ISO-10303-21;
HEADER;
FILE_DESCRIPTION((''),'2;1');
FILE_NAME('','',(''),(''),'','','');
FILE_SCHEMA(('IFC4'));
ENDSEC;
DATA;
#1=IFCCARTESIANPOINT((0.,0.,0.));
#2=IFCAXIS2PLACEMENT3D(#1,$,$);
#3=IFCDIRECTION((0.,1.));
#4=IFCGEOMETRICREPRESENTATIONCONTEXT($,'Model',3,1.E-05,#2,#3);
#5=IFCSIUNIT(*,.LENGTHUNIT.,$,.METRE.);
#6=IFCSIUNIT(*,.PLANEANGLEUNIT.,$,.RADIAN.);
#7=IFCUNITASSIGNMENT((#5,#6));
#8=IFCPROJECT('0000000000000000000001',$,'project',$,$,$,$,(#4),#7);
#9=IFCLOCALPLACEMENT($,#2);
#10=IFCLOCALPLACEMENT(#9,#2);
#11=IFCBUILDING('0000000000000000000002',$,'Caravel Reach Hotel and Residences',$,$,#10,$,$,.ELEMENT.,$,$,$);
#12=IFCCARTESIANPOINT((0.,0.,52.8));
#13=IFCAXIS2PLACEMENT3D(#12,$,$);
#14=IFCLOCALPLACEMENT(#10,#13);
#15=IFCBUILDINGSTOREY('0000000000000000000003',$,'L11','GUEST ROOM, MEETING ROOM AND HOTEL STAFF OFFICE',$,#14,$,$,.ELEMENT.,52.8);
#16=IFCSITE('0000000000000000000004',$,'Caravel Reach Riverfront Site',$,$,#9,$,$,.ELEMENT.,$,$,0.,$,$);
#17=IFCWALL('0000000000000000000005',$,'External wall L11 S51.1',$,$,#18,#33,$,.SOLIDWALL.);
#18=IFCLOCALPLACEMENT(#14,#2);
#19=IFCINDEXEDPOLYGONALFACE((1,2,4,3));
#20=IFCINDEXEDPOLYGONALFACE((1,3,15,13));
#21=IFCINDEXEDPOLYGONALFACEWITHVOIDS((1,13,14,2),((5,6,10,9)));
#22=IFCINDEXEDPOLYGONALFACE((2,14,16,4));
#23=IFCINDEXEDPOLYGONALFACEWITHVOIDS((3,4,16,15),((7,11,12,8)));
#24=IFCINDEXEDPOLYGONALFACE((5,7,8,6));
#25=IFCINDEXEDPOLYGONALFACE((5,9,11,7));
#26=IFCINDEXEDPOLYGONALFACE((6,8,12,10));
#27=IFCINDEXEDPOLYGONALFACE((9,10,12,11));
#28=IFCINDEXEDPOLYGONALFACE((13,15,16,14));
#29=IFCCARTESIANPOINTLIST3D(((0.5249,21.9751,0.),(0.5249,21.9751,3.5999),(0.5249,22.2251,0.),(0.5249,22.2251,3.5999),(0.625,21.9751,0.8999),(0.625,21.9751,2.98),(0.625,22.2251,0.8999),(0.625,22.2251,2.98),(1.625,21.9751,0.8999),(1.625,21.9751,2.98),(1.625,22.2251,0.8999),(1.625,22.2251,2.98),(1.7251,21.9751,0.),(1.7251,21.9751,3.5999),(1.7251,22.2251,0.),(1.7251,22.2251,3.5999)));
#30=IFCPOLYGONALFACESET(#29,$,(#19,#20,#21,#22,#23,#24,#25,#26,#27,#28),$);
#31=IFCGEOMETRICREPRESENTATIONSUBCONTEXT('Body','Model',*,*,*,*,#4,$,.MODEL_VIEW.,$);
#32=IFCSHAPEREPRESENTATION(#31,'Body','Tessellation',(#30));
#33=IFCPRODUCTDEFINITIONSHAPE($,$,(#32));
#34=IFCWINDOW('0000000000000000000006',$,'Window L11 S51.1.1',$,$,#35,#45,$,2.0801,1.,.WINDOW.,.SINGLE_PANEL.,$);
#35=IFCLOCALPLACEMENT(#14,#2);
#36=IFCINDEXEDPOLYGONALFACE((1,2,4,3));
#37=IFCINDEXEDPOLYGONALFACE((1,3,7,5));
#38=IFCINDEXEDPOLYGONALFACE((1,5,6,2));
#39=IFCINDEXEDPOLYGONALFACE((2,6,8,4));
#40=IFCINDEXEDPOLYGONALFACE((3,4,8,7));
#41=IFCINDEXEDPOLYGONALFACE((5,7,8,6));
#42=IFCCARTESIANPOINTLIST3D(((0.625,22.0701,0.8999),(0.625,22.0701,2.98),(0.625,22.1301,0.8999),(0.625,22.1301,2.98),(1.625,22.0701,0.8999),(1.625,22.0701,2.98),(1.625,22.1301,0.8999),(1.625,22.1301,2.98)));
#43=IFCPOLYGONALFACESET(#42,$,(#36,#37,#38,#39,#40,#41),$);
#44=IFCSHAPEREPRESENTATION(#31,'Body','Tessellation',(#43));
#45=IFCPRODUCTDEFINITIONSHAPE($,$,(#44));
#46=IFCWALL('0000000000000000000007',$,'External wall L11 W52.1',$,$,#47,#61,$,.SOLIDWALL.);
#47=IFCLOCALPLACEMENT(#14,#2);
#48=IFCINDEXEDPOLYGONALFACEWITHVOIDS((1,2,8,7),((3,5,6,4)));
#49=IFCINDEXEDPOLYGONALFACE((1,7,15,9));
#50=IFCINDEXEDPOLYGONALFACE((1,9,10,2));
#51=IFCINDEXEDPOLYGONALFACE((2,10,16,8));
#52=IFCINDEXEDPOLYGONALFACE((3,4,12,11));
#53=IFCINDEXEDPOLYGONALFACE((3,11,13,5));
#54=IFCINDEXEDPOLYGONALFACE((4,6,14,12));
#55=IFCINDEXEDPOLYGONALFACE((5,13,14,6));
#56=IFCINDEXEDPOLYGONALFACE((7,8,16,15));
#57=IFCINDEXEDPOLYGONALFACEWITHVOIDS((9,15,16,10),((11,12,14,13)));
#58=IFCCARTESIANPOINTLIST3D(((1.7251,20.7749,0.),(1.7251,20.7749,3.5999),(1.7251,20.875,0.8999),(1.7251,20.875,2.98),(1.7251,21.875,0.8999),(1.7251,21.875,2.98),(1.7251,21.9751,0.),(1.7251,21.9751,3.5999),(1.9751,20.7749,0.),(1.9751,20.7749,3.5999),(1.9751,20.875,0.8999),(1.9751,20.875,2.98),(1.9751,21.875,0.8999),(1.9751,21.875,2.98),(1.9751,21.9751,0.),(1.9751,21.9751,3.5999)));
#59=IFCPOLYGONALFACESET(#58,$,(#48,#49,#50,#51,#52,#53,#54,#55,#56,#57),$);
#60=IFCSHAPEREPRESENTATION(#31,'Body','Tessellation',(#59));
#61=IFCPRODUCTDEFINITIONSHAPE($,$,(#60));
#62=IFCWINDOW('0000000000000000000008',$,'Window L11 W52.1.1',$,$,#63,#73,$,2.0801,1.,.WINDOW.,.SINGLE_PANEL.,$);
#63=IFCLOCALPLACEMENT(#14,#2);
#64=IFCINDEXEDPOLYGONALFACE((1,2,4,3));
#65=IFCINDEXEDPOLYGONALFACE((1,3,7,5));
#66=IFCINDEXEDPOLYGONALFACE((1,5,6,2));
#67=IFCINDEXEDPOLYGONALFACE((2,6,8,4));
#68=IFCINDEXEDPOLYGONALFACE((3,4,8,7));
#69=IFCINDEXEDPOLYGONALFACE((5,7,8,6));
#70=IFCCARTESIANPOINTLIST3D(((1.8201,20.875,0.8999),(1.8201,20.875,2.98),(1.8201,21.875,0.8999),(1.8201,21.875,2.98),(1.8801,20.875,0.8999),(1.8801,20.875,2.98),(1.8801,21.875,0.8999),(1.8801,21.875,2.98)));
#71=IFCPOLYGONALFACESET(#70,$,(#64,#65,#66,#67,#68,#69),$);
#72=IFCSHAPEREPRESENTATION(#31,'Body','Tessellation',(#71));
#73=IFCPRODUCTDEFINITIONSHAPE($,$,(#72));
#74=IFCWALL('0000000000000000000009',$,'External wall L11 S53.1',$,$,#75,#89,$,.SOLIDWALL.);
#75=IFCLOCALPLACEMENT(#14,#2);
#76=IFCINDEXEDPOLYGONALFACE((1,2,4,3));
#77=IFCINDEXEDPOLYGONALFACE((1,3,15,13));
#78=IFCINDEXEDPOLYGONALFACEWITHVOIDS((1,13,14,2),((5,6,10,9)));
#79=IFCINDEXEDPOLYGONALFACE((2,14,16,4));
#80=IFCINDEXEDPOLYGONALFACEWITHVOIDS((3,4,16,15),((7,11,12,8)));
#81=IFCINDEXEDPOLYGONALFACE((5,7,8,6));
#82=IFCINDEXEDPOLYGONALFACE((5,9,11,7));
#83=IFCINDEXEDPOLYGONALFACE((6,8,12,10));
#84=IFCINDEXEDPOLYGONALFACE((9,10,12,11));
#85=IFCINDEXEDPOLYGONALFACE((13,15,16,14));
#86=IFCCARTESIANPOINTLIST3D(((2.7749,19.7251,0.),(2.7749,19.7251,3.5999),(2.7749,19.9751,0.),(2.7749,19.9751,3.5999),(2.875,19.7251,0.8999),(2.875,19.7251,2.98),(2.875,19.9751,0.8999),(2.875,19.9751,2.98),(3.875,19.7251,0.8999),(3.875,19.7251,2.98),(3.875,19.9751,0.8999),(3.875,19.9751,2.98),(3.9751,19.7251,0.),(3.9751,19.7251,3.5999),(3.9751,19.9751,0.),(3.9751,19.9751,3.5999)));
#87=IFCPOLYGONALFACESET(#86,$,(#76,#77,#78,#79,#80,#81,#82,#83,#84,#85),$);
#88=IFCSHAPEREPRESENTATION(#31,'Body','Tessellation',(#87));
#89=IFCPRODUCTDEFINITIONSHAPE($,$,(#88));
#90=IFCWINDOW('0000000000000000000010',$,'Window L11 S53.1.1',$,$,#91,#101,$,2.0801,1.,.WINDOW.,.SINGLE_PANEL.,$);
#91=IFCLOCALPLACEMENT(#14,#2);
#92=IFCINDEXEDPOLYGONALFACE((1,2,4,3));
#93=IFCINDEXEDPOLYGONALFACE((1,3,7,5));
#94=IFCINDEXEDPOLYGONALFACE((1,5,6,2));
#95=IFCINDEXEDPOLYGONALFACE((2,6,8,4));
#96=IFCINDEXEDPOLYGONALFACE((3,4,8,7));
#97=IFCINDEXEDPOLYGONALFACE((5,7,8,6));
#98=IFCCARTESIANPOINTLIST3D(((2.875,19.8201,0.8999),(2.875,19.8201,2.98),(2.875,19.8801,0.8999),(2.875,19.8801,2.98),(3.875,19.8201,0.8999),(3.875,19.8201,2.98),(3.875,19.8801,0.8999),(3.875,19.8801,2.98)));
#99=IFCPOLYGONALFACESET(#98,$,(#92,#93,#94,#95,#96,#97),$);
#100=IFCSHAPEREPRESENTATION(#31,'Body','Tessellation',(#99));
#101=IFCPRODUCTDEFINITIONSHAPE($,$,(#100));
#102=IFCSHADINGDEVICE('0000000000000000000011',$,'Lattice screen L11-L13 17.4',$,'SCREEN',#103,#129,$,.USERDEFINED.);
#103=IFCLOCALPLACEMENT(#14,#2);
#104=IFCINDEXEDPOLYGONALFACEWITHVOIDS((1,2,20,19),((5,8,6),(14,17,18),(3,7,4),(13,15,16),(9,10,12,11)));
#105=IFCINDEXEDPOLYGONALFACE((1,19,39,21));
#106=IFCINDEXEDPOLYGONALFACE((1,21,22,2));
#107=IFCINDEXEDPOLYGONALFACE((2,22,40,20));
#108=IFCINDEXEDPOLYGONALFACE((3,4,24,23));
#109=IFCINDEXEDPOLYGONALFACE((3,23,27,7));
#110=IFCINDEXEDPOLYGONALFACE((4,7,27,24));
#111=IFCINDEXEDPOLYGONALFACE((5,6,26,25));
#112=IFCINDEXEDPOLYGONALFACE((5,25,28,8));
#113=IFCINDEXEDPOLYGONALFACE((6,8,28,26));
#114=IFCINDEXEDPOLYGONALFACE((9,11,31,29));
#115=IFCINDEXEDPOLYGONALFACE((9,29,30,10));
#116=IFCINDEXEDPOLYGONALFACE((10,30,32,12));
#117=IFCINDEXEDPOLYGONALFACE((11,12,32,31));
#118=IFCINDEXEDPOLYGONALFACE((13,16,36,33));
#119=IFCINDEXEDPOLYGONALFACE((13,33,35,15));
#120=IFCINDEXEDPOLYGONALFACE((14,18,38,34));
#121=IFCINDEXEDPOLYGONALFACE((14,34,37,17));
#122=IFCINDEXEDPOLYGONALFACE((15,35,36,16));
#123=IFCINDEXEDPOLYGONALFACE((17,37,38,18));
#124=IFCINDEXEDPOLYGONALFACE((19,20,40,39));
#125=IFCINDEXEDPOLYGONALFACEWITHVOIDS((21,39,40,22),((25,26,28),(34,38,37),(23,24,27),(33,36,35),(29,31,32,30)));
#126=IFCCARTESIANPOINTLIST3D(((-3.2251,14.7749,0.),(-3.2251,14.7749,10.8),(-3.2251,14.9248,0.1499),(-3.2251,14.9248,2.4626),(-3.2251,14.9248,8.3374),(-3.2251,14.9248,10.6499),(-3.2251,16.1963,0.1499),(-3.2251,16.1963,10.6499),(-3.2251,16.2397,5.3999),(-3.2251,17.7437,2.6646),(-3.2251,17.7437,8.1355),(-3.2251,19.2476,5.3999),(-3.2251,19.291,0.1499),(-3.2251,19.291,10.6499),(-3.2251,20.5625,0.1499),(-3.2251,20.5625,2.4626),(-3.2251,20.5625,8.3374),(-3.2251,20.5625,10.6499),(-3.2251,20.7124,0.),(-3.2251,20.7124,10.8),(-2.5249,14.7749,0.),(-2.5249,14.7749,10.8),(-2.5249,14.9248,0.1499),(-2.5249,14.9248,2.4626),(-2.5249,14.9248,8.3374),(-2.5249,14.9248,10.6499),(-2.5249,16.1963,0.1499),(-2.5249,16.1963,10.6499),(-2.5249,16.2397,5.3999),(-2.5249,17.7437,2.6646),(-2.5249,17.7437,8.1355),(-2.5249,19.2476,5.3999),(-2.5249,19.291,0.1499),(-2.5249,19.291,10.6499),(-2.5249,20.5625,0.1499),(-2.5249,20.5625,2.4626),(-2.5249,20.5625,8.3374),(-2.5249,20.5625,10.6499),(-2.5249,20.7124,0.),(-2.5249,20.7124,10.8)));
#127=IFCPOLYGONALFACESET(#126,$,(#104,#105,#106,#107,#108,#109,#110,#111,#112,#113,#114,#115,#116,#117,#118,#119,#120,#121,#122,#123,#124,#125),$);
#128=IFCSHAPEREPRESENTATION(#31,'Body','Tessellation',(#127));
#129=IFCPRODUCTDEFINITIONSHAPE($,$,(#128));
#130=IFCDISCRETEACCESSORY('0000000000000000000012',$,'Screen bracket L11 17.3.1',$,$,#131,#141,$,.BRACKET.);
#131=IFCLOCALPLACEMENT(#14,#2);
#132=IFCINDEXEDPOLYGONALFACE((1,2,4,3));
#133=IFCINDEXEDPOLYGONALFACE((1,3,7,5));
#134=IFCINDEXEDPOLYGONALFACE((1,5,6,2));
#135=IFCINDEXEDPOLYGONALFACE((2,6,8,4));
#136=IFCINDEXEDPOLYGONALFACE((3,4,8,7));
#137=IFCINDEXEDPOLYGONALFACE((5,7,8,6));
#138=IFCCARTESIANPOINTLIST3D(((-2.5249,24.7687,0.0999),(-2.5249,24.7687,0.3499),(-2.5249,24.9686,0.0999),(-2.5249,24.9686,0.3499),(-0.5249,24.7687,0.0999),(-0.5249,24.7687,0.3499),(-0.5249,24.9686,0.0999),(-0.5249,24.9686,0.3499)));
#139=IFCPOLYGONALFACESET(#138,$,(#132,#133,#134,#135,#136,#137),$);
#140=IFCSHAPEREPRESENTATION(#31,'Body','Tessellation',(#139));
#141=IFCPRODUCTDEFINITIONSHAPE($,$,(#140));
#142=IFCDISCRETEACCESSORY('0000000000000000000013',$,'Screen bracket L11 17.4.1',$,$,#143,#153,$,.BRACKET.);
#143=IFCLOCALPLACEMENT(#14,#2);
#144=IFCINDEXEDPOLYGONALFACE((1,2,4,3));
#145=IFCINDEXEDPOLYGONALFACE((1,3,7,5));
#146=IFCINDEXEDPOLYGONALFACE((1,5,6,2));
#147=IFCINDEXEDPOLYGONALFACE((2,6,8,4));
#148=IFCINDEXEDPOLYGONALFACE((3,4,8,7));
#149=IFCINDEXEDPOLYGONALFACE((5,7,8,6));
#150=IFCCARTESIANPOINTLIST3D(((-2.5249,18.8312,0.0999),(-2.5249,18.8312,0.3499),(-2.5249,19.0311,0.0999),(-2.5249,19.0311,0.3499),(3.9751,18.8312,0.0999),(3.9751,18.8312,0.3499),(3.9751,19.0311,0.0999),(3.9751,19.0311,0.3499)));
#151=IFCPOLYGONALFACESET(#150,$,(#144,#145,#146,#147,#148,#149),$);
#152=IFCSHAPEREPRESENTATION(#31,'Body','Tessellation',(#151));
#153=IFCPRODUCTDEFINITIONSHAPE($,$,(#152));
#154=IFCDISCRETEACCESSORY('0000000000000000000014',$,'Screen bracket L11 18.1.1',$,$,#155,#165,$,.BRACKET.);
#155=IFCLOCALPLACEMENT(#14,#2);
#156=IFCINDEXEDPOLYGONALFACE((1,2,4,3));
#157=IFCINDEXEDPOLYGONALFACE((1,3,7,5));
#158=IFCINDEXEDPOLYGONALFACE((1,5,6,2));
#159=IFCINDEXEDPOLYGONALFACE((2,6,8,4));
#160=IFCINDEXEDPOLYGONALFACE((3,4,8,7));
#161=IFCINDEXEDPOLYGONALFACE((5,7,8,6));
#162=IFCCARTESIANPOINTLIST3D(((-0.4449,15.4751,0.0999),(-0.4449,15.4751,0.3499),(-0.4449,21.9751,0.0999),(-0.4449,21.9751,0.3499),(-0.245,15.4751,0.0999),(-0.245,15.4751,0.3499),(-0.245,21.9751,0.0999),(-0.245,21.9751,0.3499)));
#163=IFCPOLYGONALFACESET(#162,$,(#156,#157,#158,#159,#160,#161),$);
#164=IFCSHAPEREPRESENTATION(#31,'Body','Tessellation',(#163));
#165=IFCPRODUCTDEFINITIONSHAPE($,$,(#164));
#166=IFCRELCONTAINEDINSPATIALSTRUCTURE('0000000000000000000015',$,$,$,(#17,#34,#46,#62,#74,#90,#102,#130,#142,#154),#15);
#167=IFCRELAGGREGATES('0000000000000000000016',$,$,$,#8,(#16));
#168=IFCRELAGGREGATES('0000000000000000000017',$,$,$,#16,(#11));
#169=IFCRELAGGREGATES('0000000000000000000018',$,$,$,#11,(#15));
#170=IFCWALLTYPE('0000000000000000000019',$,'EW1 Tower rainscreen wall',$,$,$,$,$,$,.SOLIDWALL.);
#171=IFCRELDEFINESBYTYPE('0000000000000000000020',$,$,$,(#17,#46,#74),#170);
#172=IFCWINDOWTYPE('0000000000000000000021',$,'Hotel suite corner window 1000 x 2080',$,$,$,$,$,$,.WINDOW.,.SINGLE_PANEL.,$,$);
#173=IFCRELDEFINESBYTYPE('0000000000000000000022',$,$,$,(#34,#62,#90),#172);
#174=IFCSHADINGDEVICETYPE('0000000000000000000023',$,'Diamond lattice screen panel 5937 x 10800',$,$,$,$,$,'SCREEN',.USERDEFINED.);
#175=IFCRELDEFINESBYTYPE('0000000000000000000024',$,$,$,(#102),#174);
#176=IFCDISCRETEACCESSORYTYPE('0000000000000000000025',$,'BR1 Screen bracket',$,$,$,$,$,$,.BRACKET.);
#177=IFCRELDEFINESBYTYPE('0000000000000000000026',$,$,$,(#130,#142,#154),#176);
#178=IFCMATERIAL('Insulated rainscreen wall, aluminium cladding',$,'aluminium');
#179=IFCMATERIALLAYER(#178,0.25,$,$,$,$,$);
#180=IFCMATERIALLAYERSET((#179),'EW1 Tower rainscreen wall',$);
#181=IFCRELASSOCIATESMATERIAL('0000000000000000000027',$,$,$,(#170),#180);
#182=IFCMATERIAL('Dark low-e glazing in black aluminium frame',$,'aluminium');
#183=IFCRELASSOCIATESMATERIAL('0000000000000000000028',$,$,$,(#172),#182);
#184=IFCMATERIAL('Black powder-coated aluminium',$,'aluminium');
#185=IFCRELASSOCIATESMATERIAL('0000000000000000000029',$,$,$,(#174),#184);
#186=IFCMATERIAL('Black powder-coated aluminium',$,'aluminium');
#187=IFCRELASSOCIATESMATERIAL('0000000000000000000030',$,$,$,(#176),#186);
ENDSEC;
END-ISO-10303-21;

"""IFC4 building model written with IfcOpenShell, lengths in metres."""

from ifc_helpers import new_model, si_unit, direction, frame, frame_2d, origin, origin_2d, place, context, subcontext, project, spatial, polyline, rectangle, outline, extrude, material, layer, layer_set, type_object, element, fill, save


model = new_model("IFC4")

# Units and contexts
model_context = context("Model", 3, precision=1e-05, world=origin(), true_north=direction((0.0, 1.0)))
body_context = subcontext(model_context, "Body", "Model", "MODEL_VIEW")
ifc_project = project(units=[si_unit("LENGTHUNIT", "METRE"), si_unit("PLANEANGLEUNIT", "RADIAN")], contexts=[model_context])

# Site, building, storey
site_placement = place(None, origin())
site = spatial("IfcSite", under=ifc_project, at=site_placement, Name="Caravel Reach Riverfront Site", CompositionType="ELEMENT", RefElevation=0.0)
building_placement = place(site_placement, origin())
building = spatial("IfcBuilding", under=site, at=building_placement, Name="Caravel Reach Hotel and Residences", CompositionType="ELEMENT")
storey_placement = place(building_placement, frame((0.0, 0.0, 52.8)))
storey = spatial("IfcBuildingStorey", under=building, at=storey_placement, Name="L11", Description="GUEST ROOM, MEETING ROOM AND HOTEL STAFF OFFICE", CompositionType="ELEMENT", Elevation=52.8)

# Walls, openings, windows
ifc_material_1 = material(Name="Insulated rainscreen wall, aluminium cladding", Category="aluminium")
ifc_layer = layer(ifc_material_1, 0.25)
ifc_layer_set = layer_set([ifc_layer], Name="EW1 Tower rainscreen wall")
wall_type = type_object("IfcWallType", Name="EW1 Tower rainscreen wall", PredefinedType="SOLIDWALL", material=ifc_layer_set)
wall_1_placement = place(storey_placement, frame((0.5249, 22.1001, 0.0), z_axis=(0.0, 0.0, 1.0), x_axis=(1.0, 0.0, 0.0)))
wall_1 = element("IfcWall", 1, at=wall_1_placement, inside=storey, type_object=wall_type, Name="External wall L11 S51.1", PredefinedType="SOLIDWALL", context=body_context, shape_type="SweptSolid", body=[
    extrude(rectangle(XDim=1.2002, YDim=0.25, at=frame_2d((0.6001, 0.0))), origin(), (0.0, 0.0, 1.0), 3.5999),
])
opening_1_placement = place(wall_1_placement, frame((0.1001, 0.0, 0.8999)))
opening_1 = element("IfcOpeningElement", 2, at=opening_1_placement, cuts=wall_1, PredefinedType="OPENING", context=body_context, shape_type="SweptSolid", body=[
    extrude(rectangle(XDim=1.0, YDim=2.0801, at=frame_2d((0.5, 1.04))), frame((0.0, 0.135, 0.0), z_axis=(0.0, -1.0, 0.0), x_axis=(1.0, 0.0, 0.0)), (0.0, 0.0, 1.0), 0.27),
])
ifc_material_2 = material(Name="Dark low-e glazing in black aluminium frame", Category="aluminium")
window_type = type_object("IfcWindowType", Name="Hotel suite corner window 1000 x 2080", PartitioningType="SINGLE_PANEL", PredefinedType="WINDOW", material=ifc_material_2)
window_1_placement = place(opening_1_placement, origin())
window_1 = element("IfcWindow", 3, at=window_1_placement, inside=storey, type_object=window_type, Name="Window L11 S51.1.1", OverallHeight=2.0801, OverallWidth=1.0, PartitioningType="SINGLE_PANEL", PredefinedType="WINDOW", context=body_context, shape_type="SweptSolid", body=[
    extrude(rectangle(XDim=1.0, YDim=2.0801, at=frame_2d((0.5, 1.04))), frame((0.0, 0.03, 0.0), z_axis=(0.0, -1.0, 0.0), x_axis=(1.0, 0.0, 0.0)), (0.0, 0.0, 1.0), 0.0601),
])
fill(opening_1, window_1)
wall_2_placement = place(storey_placement, frame((1.8501, 21.9751, 0.0), z_axis=(0.0, 0.0, 1.0), x_axis=(0.0, -1.0, 0.0)))
wall_2 = element("IfcWall", 4, at=wall_2_placement, inside=storey, type_object=wall_type, Name="External wall L11 W52.1", PredefinedType="SOLIDWALL", context=body_context, shape_type="SweptSolid", body=[
    extrude(rectangle(XDim=1.2002, YDim=0.25, at=frame_2d((0.6001, 0.0))), origin(), (0.0, 0.0, 1.0), 3.5999),
])
opening_2_placement = place(wall_2_placement, frame((0.1001, 0.0, 0.8999)))
opening_2 = element("IfcOpeningElement", 5, at=opening_2_placement, cuts=wall_2, PredefinedType="OPENING", context=body_context, shape_type="SweptSolid", body=[
    extrude(rectangle(XDim=1.0, YDim=2.0801, at=frame_2d((0.5, 1.04))), frame((0.0, 0.135, 0.0), z_axis=(0.0, -1.0, 0.0), x_axis=(1.0, 0.0, 0.0)), (0.0, 0.0, 1.0), 0.27),
])
window_2_placement = place(opening_2_placement, origin())
window_2 = element("IfcWindow", 6, at=window_2_placement, inside=storey, type_object=window_type, Name="Window L11 W52.1.1", OverallHeight=2.0801, OverallWidth=1.0, PartitioningType="SINGLE_PANEL", PredefinedType="WINDOW", context=body_context, shape_type="SweptSolid", body=[
    extrude(rectangle(XDim=1.0, YDim=2.0801, at=frame_2d((0.5, 1.04))), frame((0.0, 0.03, 0.0), z_axis=(0.0, -1.0, 0.0), x_axis=(1.0, 0.0, 0.0)), (0.0, 0.0, 1.0), 0.0601),
])
fill(opening_2, window_2)
wall_3_placement = place(storey_placement, frame((2.7749, 19.8501, 0.0), z_axis=(0.0, 0.0, 1.0), x_axis=(1.0, 0.0, 0.0)))
wall_3 = element("IfcWall", 7, at=wall_3_placement, inside=storey, type_object=wall_type, Name="External wall L11 S53.1", PredefinedType="SOLIDWALL", context=body_context, shape_type="SweptSolid", body=[
    extrude(rectangle(XDim=1.2002, YDim=0.25, at=frame_2d((0.6001, 0.0))), origin(), (0.0, 0.0, 1.0), 3.5999),
])
opening_3_placement = place(wall_3_placement, frame((0.1001, 0.0, 0.8999)))
opening_3 = element("IfcOpeningElement", 8, at=opening_3_placement, cuts=wall_3, PredefinedType="OPENING", context=body_context, shape_type="SweptSolid", body=[
    extrude(rectangle(XDim=1.0, YDim=2.0801, at=frame_2d((0.5, 1.04))), frame((0.0, 0.135, 0.0), z_axis=(0.0, -1.0, 0.0), x_axis=(1.0, 0.0, 0.0)), (0.0, 0.0, 1.0), 0.27),
])
window_3_placement = place(opening_3_placement, origin())
window_3 = element("IfcWindow", 9, at=window_3_placement, inside=storey, type_object=window_type, Name="Window L11 S53.1.1", OverallHeight=2.0801, OverallWidth=1.0, PartitioningType="SINGLE_PANEL", PredefinedType="WINDOW", context=body_context, shape_type="SweptSolid", body=[
    extrude(rectangle(XDim=1.0, YDim=2.0801, at=frame_2d((0.5, 1.04))), frame((0.0, 0.03, 0.0), z_axis=(0.0, -1.0, 0.0), x_axis=(1.0, 0.0, 0.0)), (0.0, 0.0, 1.0), 0.0601),
])
fill(opening_3, window_3)

# Shading device
ifc_material_3 = material(Name="Black powder-coated aluminium", Category="aluminium")
shading_device_type = type_object("IfcShadingDeviceType", Name="Diamond lattice screen panel 5937 x 10800", ElementType="SCREEN", PredefinedType="USERDEFINED", material=ifc_material_3)
shading_device_placement = place(storey_placement, frame((-2.5249, 20.7124, 0.0), z_axis=(-1.0, 0.0, 0.0), x_axis=(0.0, -1.0, 0.0)))
element("IfcShadingDevice", 10, at=shading_device_placement, inside=storey, type_object=shading_device_type, Name="Lattice screen L11-L13 17.4", ObjectType="SCREEN", PredefinedType="USERDEFINED", context=body_context, shape_type="SweptSolid", body=[
    extrude(outline(polyline([(0.0, 0.0), (5.9375, 0.0), (5.9375, 10.8), (0.0, 10.8), (0.0, 0.0)]), holes=[polyline([(1.4214, 0.1499), (0.1499, 2.4626), (0.1499, 0.1499), (1.4214, 0.1499)]), polyline([(0.1499, 8.3374), (1.4214, 10.6499), (0.1499, 10.6499), (0.1499, 8.3374)]), polyline([(2.9688, 8.1355), (1.4648, 5.3999), (2.9688, 2.6646), (4.4727, 5.3999), (2.9688, 8.1355)]), polyline([(5.7876, 2.4626), (4.5161, 0.1499), (5.7876, 0.1499), (5.7876, 2.4626)]), polyline([(4.5161, 10.6499), (5.7876, 8.3374), (5.7876, 10.6499), (4.5161, 10.6499)])]), origin(), (0.0, 0.0, 1.0), 0.7002),
])

# Discrete accessories
ifc_material_4 = material(Name="Black powder-coated aluminium", Category="aluminium")
discrete_accessory_type = type_object("IfcDiscreteAccessoryType", Name="BR1 Screen bracket", PredefinedType="BRACKET", material=ifc_material_4)
discrete_accessory_placement = place(storey_placement, frame((-1.5249, 24.8687, 0.0999), z_axis=(0.0, 0.0, 1.0), x_axis=(-1.0, 0.0, 0.0)))
element("IfcDiscreteAccessory", 11, at=discrete_accessory_placement, inside=storey, type_object=discrete_accessory_type, Name="Screen bracket L11 17.3.1", PredefinedType="BRACKET", context=body_context, shape_type="SweptSolid", body=[
    extrude(rectangle(XDim=2.0, YDim=0.2, at=origin_2d()), origin(), (0.0, 0.0, 1.0), 0.25),
])
for number, where, z_axis, x_axis, name in (
    (12, (0.7251, 18.9312, 0.0999), (0.0, 0.0, 1.0), (-1.0, 0.0, 0.0), "Screen bracket L11 17.4.1"),
    (13, (-0.345, 18.7251, 0.0999), (0.0, 0.0, 1.0), (0.0, -1.0, 0.0), "Screen bracket L11 18.1.1"),
):
    element("IfcDiscreteAccessory", number, at=place(storey_placement, frame(where, z_axis=z_axis, x_axis=x_axis)), inside=storey, type_object=discrete_accessory_type, Name=name, PredefinedType="BRACKET", context=body_context, shape_type="SweptSolid", body=[
        extrude(rectangle(XDim=6.5, YDim=0.2, at=origin_2d()), origin(), (0.0, 0.0, 1.0), 0.25),
    ])

save(model, "model.ifc")
